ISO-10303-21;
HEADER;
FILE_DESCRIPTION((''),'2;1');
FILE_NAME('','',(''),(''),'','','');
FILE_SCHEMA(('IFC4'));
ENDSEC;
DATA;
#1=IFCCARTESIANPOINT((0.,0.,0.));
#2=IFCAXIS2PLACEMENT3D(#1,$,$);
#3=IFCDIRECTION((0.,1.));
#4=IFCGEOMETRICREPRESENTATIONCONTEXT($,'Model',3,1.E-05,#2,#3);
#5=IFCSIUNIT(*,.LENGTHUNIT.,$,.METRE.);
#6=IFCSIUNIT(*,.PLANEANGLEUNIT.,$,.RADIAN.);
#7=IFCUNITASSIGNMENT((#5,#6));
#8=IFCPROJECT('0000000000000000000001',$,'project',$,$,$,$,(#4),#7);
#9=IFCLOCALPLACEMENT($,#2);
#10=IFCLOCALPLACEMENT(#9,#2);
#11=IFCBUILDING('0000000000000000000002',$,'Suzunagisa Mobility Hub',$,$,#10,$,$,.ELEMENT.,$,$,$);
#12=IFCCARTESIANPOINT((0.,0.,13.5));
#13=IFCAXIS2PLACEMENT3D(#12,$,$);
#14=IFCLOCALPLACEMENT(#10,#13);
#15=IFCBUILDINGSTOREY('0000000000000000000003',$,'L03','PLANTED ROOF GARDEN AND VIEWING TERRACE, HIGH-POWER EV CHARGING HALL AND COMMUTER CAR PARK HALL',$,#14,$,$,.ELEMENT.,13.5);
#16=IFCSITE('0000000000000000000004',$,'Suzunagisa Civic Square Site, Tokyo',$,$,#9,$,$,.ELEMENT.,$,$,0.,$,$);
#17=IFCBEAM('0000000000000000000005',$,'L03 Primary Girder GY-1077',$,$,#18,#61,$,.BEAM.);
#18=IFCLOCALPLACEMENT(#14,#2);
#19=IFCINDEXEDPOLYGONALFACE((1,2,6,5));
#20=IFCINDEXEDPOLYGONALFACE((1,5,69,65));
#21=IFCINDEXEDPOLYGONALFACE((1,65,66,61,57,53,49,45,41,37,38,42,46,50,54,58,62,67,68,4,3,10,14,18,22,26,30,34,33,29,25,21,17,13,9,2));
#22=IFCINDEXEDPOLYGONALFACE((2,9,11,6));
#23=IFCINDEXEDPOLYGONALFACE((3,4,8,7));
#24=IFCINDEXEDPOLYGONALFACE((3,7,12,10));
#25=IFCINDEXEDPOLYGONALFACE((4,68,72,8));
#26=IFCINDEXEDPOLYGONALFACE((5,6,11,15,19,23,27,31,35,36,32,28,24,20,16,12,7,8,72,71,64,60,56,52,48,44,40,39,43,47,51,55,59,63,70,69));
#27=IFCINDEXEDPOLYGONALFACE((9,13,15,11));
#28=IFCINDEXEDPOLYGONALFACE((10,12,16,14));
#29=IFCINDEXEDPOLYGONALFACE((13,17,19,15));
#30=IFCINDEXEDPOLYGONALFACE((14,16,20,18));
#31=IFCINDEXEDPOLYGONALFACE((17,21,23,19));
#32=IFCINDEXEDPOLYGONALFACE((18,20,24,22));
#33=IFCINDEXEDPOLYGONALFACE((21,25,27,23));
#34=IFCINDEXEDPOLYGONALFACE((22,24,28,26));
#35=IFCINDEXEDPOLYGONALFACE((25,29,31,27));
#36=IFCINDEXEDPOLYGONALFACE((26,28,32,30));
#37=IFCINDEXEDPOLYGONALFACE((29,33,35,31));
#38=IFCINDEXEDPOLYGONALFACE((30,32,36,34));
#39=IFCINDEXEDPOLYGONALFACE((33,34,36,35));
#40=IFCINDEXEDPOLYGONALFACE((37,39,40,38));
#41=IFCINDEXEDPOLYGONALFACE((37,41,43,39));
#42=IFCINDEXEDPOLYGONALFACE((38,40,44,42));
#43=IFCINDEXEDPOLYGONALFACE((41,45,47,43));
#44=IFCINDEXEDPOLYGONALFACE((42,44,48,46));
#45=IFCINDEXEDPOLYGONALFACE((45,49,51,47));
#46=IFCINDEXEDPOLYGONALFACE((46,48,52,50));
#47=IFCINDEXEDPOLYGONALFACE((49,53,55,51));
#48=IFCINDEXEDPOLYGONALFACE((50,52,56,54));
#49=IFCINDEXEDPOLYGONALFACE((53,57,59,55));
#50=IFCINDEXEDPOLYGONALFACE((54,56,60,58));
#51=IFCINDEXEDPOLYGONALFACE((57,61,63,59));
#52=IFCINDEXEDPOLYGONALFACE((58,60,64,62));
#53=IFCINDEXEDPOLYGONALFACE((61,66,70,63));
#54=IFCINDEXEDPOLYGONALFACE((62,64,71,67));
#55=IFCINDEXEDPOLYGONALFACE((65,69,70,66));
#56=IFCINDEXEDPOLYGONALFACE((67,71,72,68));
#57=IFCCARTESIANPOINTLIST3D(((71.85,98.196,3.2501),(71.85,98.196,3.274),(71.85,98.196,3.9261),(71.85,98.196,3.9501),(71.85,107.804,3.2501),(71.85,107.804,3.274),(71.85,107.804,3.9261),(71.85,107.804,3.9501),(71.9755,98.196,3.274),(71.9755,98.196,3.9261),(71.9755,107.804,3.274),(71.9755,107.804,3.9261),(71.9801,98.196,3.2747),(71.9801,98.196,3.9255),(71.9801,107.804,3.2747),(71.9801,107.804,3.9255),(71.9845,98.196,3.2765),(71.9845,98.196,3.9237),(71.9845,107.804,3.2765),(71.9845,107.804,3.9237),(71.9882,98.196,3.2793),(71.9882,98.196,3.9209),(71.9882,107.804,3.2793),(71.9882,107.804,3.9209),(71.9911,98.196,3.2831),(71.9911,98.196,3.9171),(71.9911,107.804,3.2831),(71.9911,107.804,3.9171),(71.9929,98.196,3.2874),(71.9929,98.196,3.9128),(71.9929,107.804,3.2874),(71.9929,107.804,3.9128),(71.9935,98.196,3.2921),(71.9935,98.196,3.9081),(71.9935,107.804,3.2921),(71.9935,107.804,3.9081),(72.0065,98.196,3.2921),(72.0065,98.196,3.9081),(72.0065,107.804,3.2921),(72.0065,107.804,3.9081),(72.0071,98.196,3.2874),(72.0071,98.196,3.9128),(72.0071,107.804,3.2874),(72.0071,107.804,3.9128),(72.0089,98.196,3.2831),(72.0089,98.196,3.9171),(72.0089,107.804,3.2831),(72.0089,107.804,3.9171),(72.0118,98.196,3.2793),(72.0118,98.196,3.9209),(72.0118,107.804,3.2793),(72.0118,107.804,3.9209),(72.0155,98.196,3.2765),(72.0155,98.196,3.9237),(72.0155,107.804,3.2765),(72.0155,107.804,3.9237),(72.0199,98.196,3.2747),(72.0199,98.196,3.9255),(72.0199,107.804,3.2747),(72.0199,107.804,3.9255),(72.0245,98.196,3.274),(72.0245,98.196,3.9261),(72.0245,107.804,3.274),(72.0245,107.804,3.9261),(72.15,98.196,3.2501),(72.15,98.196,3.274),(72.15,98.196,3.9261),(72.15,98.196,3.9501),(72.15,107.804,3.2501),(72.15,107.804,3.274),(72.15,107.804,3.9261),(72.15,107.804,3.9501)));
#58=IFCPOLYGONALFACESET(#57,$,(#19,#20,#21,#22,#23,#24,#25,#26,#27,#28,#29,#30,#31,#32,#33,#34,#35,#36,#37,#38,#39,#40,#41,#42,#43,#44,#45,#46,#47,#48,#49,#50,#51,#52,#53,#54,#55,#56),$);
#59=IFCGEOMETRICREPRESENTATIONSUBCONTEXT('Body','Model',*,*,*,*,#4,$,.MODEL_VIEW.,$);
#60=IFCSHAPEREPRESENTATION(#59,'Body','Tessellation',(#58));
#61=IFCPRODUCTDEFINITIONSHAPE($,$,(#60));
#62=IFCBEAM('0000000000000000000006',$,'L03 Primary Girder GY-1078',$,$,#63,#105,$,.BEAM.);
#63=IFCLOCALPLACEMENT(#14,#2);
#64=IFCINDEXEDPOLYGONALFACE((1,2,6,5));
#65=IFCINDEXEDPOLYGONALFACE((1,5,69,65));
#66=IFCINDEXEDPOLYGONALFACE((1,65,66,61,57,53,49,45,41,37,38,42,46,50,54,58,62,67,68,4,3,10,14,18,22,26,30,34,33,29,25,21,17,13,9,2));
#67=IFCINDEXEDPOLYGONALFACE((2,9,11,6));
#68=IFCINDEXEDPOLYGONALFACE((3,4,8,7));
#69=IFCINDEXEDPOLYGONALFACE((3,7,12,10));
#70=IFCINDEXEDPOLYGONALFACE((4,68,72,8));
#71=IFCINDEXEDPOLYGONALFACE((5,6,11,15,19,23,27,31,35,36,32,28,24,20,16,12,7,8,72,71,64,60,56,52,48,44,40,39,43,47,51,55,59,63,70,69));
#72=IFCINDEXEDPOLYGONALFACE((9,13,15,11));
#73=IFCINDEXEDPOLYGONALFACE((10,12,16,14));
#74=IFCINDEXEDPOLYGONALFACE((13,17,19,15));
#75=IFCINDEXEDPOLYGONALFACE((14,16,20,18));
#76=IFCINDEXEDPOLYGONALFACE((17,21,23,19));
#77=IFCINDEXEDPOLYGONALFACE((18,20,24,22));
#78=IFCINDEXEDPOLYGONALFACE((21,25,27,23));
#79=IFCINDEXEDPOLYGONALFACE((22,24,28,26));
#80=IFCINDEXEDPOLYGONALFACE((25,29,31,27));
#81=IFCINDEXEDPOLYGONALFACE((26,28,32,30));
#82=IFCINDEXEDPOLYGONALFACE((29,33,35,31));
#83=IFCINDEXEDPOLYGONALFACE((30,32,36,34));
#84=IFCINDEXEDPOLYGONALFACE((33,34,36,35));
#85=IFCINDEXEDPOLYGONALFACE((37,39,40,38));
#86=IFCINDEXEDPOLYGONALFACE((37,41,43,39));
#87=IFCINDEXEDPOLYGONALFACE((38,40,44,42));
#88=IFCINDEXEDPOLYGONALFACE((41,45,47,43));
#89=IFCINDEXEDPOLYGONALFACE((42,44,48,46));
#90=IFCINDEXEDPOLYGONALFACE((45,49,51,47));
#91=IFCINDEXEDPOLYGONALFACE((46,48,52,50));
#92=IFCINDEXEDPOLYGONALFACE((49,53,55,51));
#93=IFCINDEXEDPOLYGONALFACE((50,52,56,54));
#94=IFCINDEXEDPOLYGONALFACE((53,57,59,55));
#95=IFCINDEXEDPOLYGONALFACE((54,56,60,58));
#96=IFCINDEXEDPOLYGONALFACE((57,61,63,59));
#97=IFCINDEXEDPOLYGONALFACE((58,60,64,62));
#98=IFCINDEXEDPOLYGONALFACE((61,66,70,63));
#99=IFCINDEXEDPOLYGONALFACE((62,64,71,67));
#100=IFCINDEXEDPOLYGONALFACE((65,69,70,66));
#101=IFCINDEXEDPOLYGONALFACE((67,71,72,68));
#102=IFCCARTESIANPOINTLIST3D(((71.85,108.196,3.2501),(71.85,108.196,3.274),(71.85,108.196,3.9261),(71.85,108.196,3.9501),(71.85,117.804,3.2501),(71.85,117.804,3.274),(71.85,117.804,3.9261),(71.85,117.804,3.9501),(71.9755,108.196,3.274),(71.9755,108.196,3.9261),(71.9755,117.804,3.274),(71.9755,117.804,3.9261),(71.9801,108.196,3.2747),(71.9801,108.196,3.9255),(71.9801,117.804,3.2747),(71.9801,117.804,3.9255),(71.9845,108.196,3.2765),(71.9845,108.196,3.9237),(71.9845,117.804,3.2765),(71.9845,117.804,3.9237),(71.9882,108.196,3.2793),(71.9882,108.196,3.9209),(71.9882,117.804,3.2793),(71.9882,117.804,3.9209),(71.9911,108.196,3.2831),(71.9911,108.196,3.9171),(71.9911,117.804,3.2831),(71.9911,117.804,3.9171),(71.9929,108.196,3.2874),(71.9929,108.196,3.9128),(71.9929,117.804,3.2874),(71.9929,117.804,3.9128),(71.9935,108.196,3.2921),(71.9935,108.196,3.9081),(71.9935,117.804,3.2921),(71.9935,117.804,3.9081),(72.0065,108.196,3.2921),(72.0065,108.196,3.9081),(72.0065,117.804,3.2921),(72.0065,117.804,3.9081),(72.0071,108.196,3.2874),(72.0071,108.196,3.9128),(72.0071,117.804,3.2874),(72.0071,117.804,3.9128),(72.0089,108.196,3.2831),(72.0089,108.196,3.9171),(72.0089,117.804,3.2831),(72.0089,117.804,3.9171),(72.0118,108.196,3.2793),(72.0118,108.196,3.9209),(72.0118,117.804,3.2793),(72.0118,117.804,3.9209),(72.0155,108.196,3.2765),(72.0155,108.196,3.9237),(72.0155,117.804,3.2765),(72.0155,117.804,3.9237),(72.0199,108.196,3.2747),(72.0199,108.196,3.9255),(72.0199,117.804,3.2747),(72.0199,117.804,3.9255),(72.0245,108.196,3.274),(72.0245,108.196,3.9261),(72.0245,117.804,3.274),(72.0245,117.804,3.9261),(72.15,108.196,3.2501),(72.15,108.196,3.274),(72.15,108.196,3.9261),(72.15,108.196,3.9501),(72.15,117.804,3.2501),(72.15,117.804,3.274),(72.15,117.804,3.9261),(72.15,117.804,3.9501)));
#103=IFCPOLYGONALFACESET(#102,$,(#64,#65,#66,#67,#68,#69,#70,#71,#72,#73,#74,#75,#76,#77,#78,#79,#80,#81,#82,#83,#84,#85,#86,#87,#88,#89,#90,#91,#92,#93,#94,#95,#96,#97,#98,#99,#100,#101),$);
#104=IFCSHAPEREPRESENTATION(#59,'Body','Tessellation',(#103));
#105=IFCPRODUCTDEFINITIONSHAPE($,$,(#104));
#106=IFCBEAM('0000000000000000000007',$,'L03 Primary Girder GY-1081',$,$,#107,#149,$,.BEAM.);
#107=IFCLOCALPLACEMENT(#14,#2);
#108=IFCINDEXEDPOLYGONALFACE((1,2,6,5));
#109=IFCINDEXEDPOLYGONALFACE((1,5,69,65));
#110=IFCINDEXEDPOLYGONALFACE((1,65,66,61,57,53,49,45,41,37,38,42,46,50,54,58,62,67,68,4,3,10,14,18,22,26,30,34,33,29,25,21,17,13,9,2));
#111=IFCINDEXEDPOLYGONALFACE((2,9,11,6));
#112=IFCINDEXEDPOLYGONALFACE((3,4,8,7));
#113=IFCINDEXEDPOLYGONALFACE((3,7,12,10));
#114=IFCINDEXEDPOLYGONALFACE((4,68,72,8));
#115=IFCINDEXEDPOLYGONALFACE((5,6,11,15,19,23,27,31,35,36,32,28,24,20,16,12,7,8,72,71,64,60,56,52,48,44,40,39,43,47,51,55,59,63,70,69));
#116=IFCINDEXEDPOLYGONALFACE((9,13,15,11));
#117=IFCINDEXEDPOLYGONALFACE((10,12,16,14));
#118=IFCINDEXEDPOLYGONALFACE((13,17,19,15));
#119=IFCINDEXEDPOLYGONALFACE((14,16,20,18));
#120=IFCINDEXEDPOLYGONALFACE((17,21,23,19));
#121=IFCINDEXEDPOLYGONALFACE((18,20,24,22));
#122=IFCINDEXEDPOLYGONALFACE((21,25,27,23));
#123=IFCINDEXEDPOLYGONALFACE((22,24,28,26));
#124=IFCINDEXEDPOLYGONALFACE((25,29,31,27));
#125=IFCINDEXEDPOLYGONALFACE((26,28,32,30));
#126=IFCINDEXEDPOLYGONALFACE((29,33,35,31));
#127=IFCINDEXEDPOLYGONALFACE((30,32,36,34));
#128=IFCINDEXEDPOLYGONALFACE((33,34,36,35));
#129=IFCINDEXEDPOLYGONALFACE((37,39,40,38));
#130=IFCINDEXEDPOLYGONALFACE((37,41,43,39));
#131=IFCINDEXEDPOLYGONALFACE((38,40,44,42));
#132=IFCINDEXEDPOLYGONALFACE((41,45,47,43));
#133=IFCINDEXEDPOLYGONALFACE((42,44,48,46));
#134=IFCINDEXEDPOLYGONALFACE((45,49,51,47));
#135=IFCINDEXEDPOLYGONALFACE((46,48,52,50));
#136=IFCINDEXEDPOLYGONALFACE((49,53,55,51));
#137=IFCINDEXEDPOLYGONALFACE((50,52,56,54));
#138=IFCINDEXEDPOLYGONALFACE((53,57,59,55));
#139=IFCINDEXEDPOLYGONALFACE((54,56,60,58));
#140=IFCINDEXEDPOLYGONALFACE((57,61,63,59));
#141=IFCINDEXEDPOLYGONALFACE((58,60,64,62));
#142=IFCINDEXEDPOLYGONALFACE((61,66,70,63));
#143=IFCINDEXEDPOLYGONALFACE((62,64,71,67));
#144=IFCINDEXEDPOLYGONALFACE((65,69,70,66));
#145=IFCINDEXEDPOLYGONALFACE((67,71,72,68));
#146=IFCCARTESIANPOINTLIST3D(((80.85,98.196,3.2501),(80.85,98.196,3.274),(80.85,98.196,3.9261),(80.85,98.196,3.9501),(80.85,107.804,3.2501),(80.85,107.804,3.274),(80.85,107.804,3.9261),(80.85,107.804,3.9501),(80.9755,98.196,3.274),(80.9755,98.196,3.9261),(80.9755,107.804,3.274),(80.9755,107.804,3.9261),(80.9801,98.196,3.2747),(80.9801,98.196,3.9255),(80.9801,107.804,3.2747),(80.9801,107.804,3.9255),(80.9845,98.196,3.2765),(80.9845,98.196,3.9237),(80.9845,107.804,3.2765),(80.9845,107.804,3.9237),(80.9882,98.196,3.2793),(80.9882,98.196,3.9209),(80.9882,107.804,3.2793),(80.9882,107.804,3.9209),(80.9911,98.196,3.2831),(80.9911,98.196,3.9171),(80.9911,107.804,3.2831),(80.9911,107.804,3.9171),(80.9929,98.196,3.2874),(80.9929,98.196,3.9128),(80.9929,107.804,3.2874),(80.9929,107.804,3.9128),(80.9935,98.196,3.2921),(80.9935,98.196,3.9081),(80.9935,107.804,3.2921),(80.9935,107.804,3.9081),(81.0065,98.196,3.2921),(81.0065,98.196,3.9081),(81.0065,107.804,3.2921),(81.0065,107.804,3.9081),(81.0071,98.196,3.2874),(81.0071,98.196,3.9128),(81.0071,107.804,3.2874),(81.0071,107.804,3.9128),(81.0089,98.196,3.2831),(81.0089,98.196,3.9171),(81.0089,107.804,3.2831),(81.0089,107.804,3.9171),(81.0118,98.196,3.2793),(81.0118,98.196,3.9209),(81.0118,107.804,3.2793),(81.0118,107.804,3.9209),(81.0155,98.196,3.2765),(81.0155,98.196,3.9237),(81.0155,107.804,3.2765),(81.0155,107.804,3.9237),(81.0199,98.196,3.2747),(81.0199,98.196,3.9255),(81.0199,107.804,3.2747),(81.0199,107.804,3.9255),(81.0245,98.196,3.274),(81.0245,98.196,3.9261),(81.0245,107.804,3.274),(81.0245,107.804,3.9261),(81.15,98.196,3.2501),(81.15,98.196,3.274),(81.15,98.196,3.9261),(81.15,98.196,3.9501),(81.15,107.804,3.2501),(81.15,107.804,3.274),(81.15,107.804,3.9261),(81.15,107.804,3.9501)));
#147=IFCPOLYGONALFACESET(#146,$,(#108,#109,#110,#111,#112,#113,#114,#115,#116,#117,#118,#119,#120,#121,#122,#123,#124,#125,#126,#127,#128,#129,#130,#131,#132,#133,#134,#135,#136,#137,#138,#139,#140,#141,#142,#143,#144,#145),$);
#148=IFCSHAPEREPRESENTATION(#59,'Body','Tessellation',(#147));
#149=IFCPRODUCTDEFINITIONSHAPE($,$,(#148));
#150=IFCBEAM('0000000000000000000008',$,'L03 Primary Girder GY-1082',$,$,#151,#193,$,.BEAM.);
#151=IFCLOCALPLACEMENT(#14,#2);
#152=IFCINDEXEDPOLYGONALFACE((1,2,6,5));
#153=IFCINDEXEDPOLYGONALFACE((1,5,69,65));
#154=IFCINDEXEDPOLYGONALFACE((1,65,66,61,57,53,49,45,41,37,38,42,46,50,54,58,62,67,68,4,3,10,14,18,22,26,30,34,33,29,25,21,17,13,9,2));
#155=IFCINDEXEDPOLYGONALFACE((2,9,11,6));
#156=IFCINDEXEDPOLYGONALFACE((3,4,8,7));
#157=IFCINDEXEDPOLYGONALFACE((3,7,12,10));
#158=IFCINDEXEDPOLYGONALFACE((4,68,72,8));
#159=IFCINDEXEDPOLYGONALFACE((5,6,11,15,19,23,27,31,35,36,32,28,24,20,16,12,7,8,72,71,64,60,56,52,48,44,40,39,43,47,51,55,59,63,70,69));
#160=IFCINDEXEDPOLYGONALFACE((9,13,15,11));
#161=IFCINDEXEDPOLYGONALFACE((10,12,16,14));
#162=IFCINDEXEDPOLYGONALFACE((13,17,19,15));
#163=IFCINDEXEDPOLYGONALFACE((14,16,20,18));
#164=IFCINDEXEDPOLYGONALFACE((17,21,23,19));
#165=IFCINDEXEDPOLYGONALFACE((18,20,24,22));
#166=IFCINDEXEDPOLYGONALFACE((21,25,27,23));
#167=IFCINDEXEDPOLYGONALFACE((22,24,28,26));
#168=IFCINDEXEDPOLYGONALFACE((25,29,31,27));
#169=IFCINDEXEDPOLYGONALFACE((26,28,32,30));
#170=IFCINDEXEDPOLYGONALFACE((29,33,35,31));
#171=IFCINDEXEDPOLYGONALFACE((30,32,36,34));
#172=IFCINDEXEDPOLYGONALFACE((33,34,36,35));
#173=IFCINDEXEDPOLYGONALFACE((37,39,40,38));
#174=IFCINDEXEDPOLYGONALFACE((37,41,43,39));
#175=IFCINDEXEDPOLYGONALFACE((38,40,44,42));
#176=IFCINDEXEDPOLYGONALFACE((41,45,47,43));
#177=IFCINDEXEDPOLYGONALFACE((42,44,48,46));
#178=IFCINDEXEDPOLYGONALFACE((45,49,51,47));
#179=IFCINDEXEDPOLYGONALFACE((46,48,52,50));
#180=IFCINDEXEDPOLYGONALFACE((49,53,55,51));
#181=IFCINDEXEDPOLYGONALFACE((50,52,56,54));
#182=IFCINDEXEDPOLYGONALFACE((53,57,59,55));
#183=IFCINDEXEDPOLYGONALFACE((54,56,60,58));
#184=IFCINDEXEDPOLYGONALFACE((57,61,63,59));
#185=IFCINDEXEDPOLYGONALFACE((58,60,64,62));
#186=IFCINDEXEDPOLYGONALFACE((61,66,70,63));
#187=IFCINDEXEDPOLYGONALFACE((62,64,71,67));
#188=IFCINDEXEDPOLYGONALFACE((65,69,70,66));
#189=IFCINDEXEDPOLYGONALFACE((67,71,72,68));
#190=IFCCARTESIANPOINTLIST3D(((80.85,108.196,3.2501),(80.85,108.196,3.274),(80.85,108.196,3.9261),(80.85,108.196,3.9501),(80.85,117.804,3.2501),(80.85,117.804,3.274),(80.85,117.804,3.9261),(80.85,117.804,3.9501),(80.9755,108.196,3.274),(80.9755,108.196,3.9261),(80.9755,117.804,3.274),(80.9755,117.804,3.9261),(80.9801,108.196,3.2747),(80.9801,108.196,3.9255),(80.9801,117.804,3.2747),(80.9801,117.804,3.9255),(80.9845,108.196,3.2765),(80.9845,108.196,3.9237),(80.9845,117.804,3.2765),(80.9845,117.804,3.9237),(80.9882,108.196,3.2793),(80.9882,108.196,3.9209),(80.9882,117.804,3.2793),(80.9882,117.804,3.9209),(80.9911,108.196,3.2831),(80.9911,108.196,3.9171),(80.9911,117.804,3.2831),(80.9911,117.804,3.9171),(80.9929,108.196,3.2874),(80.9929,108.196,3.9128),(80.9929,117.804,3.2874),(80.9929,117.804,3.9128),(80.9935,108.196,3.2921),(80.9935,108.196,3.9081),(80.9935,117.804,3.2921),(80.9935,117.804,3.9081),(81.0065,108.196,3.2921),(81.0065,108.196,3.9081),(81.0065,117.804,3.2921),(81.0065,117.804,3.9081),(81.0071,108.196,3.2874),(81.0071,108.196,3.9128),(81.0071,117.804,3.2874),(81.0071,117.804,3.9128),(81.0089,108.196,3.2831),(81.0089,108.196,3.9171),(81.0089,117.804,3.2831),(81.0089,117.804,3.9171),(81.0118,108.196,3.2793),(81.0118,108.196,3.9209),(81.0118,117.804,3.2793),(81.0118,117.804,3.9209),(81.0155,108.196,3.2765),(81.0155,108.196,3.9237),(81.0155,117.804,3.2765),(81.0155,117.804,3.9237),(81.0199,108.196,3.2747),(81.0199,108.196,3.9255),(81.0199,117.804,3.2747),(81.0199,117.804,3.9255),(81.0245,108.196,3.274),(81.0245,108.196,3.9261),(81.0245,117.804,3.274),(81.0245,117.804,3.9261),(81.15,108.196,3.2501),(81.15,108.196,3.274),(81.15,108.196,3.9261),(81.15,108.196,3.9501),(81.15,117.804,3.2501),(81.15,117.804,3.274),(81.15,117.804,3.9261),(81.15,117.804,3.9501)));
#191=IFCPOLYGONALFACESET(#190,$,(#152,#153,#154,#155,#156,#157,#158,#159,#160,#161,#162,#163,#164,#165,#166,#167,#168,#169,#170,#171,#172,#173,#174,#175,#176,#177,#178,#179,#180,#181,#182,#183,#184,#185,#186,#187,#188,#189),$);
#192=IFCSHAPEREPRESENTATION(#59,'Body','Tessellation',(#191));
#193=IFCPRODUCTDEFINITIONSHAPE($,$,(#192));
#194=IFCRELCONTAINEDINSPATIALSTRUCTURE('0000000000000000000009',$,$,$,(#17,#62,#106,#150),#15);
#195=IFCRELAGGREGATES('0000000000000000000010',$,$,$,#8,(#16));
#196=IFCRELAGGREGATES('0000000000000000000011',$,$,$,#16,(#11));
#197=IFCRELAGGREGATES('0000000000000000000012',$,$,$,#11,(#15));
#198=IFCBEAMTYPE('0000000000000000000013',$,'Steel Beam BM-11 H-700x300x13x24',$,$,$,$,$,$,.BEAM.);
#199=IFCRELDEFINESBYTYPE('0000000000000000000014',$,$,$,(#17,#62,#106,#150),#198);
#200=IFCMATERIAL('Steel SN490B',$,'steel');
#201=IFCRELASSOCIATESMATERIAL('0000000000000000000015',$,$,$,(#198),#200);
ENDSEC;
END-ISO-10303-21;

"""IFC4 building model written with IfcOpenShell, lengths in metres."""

from ifc_helpers import new_model, si_unit, direction, frame, origin, origin_2d, place, context, subcontext, project, spatial, i_section, extrude, material, material_profile, profile_set, type_object, element, save


model = new_model("IFC4")

# Units and contexts
model_context = context("Model", 3, precision=1e-05, world=origin(), true_north=direction((0.0, 1.0)))
body_context = subcontext(model_context, "Body", "Model", "MODEL_VIEW")
ifc_project = project(units=[si_unit("LENGTHUNIT", "METRE"), si_unit("PLANEANGLEUNIT", "RADIAN")], contexts=[model_context])

# Site, building, storey
site_placement = place(None, origin())
site = spatial("IfcSite", under=ifc_project, at=site_placement, Name="Suzunagisa Civic Square Site, Tokyo", CompositionType="ELEMENT", RefElevation=0.0)
building_placement = place(site_placement, origin())
building = spatial("IfcBuilding", under=site, at=building_placement, Name="Suzunagisa Mobility Hub", CompositionType="ELEMENT")
storey_placement = place(building_placement, frame((0.0, 0.0, 13.5)))
storey = spatial("IfcBuildingStorey", under=building, at=storey_placement, Name="L03", Description="PLANTED ROOF GARDEN AND VIEWING TERRACE, HIGH-POWER EV CHARGING HALL AND COMMUTER CAR PARK HALL", CompositionType="ELEMENT", Elevation=13.5)

# Shared definitions
ifc_material_1 = material(Name="Steel SN490B", Category="steel")

# Beams
ifc_material_profile_1 = material_profile(ifc_material_1, i_section(OverallWidth=0.3, OverallDepth=0.7, WebThickness=0.0129, FlangeThickness=0.0239, FilletRadius=0.0181, at=origin_2d()), Name="H-700x300x13x24")
ifc_profile_set_1 = profile_set([ifc_material_profile_1], Name="Steel SN490B")
beam_type_1 = type_object("IfcBeamType", Name="Steel Beam BM-11 H-700x300x13x24", PredefinedType="BEAM", material=ifc_profile_set_1)
for number, where, z_axis, x_axis, name in (
    (1, (72.0, 98.196, 3.6001), (0.0, 1.0, 0.0), (-1.0, 0.0, 0.0), "L03 Primary Girder GY-1077"),
    (2, (72.0, 108.196, 3.6001), (0.0, 1.0, 0.0), (-1.0, 0.0, 0.0), "L03 Primary Girder GY-1078"),
    (3, (81.0, 98.196, 3.6001), (0.0, 1.0, 0.0), (-1.0, 0.0, 0.0), "L03 Primary Girder GY-1081"),
    (4, (81.0, 108.196, 3.6001), (0.0, 1.0, 0.0), (-1.0, 0.0, 0.0), "L03 Primary Girder GY-1082"),
):
    element("IfcBeam", number, at=place(storey_placement, frame(where, z_axis=z_axis, x_axis=x_axis)), inside=storey, type_object=beam_type_1, Name=name, PredefinedType="BEAM", context=body_context, shape_type="SweptSolid", body=[
        extrude(i_section(OverallWidth=0.3, OverallDepth=0.7, WebThickness=0.0129, FlangeThickness=0.0239, FilletRadius=0.0181, at=origin_2d()), origin(), (0.0, 0.0, 1.0), 9.6079),
    ])

save(model, "model.ifc")
